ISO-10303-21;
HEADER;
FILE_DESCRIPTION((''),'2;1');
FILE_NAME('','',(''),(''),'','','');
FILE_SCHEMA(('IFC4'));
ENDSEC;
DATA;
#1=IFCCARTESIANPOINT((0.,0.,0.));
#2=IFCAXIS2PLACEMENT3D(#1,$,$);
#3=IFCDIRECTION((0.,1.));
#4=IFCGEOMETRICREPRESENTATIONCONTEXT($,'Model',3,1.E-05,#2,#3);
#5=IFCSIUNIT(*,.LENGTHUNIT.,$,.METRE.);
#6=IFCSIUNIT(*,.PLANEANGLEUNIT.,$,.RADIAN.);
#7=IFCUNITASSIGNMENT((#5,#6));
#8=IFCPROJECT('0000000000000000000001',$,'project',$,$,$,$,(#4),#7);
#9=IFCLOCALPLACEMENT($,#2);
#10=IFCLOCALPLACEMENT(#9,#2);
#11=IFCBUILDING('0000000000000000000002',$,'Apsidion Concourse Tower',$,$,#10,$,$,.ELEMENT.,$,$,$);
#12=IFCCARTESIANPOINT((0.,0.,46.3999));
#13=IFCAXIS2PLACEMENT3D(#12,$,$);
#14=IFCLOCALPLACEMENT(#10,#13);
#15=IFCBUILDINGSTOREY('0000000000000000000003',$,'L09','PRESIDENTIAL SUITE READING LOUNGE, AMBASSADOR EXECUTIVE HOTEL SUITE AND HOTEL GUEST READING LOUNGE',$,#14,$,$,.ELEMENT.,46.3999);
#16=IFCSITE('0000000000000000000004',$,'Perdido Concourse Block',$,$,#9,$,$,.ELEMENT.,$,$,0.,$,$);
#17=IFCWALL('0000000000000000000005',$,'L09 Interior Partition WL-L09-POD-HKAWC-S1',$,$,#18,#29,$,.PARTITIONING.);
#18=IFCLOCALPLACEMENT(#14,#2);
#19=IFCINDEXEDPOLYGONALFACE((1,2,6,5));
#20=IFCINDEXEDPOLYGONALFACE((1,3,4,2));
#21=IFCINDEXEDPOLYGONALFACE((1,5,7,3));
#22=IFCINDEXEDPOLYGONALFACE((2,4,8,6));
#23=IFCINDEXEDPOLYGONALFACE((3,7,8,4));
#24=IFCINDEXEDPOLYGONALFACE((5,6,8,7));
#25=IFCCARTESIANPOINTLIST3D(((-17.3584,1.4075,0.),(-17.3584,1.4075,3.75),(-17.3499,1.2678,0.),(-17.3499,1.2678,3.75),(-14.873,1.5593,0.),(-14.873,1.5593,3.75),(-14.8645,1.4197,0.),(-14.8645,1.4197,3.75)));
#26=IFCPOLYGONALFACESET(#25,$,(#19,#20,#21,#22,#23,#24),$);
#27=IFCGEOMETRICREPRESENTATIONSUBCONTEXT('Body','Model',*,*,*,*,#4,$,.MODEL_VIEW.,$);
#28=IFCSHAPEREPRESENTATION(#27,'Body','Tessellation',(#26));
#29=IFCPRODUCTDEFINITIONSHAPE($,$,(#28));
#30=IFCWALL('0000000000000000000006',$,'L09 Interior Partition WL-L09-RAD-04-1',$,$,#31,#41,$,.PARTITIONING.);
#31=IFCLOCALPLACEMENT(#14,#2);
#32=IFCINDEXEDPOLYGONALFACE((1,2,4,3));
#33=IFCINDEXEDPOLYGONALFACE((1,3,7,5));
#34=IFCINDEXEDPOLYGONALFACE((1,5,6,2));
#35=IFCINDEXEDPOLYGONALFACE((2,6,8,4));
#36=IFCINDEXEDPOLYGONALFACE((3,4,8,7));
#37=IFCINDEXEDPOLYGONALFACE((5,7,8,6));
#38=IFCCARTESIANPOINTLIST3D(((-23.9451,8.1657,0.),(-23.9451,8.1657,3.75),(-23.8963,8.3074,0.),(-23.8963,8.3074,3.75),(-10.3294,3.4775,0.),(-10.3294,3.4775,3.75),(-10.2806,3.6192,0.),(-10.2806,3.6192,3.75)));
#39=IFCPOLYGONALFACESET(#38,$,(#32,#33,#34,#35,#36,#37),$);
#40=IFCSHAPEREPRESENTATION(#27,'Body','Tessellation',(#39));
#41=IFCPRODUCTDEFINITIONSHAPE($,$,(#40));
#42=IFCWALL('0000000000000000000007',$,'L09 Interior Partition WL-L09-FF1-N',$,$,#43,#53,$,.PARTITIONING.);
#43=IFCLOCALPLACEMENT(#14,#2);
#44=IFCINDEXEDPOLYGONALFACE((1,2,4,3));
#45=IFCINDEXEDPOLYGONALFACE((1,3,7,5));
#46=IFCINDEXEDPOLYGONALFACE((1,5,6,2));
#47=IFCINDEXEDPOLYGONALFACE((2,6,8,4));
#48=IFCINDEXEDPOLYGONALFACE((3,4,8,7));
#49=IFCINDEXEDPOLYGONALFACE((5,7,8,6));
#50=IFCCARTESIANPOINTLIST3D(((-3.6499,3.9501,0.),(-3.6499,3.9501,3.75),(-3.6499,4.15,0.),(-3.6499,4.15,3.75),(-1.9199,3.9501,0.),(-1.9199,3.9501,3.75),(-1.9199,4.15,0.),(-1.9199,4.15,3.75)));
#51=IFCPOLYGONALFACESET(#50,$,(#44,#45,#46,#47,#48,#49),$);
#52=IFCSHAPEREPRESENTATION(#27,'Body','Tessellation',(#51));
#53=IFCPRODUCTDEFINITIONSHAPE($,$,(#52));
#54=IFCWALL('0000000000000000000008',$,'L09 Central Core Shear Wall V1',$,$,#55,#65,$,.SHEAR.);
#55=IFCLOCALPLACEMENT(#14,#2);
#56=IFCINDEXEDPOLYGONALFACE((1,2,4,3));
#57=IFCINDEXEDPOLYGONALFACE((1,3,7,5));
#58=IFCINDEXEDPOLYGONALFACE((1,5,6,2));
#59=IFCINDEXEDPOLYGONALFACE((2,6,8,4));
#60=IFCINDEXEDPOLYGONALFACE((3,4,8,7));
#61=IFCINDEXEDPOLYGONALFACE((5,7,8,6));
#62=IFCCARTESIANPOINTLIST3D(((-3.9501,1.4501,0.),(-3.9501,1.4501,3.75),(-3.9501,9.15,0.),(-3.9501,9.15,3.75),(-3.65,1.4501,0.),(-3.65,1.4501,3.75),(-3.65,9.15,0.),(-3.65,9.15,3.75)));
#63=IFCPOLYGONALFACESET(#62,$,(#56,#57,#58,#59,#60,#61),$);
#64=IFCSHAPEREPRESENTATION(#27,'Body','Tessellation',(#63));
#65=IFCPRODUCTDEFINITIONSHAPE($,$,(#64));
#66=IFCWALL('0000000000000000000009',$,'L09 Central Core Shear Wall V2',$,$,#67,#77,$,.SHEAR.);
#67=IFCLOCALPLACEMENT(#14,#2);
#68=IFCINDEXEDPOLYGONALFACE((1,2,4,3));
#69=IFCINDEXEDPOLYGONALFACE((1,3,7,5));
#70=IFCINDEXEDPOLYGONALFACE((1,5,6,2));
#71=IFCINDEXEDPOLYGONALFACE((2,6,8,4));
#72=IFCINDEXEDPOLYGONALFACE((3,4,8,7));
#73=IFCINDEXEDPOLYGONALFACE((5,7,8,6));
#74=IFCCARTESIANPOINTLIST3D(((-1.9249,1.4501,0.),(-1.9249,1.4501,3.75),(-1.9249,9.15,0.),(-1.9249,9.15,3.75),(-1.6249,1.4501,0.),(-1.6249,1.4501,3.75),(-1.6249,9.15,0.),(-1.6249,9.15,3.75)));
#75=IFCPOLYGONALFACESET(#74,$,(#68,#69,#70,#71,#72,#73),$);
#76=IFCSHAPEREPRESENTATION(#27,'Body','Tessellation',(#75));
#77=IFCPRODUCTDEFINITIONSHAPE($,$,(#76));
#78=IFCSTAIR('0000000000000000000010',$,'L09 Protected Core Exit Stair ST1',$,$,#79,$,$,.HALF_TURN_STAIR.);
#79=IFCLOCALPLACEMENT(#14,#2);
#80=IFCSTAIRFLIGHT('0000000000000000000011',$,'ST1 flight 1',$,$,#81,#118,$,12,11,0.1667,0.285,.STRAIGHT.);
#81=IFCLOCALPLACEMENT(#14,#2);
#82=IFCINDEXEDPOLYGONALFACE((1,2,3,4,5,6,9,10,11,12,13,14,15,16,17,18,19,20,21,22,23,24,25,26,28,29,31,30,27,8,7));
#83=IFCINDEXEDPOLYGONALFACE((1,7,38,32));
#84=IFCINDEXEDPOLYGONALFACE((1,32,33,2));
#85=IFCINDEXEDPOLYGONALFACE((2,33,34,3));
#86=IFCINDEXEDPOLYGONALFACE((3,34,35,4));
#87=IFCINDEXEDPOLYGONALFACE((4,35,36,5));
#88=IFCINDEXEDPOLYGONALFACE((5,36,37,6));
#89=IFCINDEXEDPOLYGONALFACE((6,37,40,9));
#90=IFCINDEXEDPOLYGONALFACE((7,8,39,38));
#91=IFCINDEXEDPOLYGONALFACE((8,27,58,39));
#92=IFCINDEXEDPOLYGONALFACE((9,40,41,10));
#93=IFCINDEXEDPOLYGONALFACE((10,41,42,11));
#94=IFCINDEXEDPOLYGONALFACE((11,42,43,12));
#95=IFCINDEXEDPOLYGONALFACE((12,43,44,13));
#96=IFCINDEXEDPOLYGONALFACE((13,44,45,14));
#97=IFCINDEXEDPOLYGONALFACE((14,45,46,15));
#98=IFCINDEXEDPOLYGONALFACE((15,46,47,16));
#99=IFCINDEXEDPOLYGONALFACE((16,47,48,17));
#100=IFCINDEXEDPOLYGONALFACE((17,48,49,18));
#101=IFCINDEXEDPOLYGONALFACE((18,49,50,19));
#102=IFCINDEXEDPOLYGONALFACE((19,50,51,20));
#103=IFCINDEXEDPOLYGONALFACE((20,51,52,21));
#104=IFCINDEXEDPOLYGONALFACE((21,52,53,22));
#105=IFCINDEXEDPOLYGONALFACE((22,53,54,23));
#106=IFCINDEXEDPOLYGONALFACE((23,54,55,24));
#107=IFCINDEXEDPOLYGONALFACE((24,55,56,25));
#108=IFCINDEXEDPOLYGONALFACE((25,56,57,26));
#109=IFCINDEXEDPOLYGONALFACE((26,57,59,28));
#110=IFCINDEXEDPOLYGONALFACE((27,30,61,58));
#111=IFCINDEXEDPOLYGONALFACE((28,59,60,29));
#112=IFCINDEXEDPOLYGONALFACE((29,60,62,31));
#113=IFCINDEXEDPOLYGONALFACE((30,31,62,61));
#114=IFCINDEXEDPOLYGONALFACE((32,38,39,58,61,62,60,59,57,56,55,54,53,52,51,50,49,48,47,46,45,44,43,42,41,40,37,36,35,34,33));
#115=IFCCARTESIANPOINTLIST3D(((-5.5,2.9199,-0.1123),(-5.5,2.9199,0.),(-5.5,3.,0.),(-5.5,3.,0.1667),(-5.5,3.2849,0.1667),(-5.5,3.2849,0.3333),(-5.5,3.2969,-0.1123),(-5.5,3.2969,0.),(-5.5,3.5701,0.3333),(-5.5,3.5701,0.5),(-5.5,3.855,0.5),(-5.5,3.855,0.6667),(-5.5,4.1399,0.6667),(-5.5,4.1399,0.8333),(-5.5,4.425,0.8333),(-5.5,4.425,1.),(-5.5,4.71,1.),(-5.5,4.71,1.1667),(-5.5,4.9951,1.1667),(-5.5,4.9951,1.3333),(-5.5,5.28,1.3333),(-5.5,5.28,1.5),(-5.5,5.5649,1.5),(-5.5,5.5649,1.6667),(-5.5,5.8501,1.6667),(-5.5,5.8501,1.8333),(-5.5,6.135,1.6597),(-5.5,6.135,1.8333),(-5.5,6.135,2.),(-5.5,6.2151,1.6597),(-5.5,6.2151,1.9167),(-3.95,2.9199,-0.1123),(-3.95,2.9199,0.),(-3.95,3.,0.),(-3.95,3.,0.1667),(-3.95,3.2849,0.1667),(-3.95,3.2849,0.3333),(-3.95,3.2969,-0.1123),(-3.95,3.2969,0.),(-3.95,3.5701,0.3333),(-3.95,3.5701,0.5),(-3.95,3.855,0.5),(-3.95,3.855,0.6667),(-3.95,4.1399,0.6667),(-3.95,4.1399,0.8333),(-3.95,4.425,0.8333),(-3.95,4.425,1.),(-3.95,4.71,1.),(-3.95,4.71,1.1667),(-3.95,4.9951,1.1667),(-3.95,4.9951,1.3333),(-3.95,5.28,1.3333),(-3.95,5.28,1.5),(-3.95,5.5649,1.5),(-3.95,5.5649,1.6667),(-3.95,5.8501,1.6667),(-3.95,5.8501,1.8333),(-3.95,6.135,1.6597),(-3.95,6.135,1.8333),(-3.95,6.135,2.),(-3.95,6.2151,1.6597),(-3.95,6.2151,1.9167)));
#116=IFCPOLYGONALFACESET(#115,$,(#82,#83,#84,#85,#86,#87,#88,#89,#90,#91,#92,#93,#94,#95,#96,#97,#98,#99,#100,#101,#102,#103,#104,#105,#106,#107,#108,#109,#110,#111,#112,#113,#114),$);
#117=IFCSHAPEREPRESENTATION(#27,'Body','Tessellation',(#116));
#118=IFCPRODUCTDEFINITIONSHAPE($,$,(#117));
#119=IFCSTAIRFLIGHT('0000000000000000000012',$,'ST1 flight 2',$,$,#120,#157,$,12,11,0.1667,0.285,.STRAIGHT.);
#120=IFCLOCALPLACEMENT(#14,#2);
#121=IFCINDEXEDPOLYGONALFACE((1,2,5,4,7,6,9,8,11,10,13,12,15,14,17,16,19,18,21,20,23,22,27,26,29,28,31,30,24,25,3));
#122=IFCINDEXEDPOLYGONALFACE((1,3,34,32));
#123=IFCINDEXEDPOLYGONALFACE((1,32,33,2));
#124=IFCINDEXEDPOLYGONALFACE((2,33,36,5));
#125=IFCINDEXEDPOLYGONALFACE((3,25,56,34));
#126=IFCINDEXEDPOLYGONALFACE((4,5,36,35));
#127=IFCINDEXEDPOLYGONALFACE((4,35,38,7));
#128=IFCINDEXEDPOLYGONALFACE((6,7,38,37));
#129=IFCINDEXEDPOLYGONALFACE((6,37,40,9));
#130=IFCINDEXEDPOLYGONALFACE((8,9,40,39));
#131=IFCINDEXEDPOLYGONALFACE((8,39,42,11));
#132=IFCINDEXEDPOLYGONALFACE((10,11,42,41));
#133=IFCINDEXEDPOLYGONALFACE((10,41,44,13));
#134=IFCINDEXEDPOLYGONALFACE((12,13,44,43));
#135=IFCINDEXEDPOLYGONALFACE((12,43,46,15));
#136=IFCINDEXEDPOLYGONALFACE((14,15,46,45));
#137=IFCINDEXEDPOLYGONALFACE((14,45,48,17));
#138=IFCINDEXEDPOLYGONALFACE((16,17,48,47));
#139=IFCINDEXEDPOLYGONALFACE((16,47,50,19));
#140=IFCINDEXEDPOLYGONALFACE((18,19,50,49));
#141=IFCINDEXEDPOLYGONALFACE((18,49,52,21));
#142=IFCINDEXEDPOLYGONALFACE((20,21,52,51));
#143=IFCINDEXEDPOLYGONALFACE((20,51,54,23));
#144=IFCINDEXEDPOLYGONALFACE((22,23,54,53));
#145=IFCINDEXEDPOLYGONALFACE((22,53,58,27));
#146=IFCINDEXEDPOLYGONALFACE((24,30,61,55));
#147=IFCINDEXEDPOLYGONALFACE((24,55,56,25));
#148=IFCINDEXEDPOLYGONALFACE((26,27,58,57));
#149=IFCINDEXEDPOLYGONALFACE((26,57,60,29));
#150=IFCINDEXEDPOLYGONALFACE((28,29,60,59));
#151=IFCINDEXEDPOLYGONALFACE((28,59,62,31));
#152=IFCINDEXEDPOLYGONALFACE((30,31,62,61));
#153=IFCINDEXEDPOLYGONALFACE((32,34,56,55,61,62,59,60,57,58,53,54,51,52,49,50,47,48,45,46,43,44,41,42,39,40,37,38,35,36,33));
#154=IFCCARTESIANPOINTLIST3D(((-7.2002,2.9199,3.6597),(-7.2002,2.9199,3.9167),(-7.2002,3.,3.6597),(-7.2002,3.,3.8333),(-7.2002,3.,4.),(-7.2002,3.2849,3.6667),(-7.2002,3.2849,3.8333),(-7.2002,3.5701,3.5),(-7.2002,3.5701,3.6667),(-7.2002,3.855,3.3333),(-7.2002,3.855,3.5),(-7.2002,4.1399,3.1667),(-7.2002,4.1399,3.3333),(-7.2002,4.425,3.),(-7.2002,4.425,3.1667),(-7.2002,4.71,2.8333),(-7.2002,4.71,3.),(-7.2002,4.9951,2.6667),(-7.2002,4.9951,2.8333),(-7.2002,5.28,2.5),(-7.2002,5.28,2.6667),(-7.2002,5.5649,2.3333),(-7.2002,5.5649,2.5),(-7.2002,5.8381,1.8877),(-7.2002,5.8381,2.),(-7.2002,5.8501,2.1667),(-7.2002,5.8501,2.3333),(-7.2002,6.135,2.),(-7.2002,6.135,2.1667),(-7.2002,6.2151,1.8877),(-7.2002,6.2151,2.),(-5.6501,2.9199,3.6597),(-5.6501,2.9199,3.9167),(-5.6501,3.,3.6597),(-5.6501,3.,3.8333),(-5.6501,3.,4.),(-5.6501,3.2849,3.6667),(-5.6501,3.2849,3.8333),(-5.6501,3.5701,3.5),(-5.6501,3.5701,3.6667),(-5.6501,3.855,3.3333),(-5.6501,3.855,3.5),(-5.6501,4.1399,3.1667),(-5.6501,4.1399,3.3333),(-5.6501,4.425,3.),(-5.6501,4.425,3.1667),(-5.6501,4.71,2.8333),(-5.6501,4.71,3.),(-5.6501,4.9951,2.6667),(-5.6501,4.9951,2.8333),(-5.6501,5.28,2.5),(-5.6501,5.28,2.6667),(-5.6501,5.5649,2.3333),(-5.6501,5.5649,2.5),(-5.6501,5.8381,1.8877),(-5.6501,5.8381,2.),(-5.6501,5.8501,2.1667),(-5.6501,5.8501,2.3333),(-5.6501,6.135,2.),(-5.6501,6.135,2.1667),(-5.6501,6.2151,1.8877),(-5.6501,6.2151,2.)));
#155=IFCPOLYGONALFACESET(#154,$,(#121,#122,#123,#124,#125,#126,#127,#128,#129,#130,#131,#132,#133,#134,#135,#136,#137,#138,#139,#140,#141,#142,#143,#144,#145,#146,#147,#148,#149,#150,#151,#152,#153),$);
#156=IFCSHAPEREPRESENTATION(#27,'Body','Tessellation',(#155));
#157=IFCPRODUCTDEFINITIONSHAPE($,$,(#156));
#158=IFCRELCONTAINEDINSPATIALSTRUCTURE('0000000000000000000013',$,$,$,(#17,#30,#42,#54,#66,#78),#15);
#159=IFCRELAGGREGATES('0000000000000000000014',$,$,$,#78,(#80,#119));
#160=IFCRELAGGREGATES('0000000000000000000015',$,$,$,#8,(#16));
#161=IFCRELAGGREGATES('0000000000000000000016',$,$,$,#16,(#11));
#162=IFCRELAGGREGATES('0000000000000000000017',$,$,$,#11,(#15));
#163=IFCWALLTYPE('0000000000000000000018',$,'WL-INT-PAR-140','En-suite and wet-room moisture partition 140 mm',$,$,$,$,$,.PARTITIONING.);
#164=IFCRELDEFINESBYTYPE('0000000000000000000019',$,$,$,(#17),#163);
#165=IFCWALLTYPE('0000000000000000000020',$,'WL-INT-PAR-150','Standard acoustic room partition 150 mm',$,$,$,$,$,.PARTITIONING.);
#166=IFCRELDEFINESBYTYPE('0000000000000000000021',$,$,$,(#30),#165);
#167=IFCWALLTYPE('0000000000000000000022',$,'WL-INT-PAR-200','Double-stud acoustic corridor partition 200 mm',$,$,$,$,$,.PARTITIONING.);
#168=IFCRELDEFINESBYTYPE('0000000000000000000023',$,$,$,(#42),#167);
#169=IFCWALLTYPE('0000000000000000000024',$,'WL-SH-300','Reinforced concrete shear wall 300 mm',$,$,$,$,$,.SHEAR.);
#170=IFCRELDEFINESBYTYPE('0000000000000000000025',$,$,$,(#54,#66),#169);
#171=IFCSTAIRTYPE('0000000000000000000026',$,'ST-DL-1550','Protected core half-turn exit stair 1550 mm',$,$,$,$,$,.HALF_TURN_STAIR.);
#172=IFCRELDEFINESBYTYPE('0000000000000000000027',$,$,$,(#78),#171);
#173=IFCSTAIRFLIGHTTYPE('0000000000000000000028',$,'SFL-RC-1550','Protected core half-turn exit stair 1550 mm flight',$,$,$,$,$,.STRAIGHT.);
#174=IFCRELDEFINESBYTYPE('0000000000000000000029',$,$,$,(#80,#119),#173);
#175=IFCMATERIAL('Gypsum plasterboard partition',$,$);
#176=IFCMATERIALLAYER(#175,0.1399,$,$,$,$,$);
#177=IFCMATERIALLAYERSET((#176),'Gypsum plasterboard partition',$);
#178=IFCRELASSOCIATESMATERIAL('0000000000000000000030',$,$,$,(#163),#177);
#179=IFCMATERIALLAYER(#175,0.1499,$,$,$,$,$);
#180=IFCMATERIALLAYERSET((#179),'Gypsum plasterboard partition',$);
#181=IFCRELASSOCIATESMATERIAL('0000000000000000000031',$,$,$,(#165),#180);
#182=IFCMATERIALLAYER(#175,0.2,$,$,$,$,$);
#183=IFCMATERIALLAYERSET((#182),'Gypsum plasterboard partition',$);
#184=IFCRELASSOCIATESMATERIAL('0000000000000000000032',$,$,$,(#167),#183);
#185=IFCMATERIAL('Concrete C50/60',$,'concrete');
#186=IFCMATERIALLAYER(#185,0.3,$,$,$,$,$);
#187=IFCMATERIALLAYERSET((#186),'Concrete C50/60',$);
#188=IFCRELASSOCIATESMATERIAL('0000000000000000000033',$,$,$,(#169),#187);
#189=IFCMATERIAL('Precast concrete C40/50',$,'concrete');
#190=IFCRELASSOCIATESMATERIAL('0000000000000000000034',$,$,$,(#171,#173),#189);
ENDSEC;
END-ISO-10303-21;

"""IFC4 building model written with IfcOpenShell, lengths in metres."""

from ifc_helpers import new_model, si_unit, direction, frame, frame_2d, origin, place, context, subcontext, project, spatial, polyline, rectangle, outline, extrude, material, layer, layer_set, type_object, element, aggregate, save


model = new_model("IFC4")

# Units and contexts
model_context = context("Model", 3, precision=1e-05, world=origin(), true_north=direction((0.0, 1.0)))
body_context = subcontext(model_context, "Body", "Model", "MODEL_VIEW")
ifc_project = project(units=[si_unit("LENGTHUNIT", "METRE"), si_unit("PLANEANGLEUNIT", "RADIAN")], contexts=[model_context])

# Site, building, storey
site_placement = place(None, origin())
site = spatial("IfcSite", under=ifc_project, at=site_placement, Name="Perdido Concourse Block", CompositionType="ELEMENT", RefElevation=0.0)
building_placement = place(site_placement, origin())
building = spatial("IfcBuilding", under=site, at=building_placement, Name="Apsidion Concourse Tower", CompositionType="ELEMENT")
storey_placement = place(building_placement, frame((0.0, 0.0, 46.3999)))
storey = spatial("IfcBuildingStorey", under=building, at=storey_placement, Name="L09", Description="PRESIDENTIAL SUITE READING LOUNGE, AMBASSADOR EXECUTIVE HOTEL SUITE AND HOTEL GUEST READING LOUNGE", CompositionType="ELEMENT", Elevation=46.3999)

# Shared definitions
ifc_material_1 = material(Name="Concrete C50/60", Category="concrete")

# Walls
ifc_material_2 = material(Name="Gypsum plasterboard partition")
ifc_layer_1 = layer(ifc_material_2, 0.1399)
ifc_layer_set_1 = layer_set([ifc_layer_1], Name="Gypsum plasterboard partition")
wall_type_1 = type_object("IfcWallType", Name="WL-INT-PAR-140", Description="En-suite and wet-room moisture partition 140 mm", PredefinedType="PARTITIONING", material=ifc_layer_set_1)
wall_1_placement = place(storey_placement, frame((-14.8687, 1.4895, 0.0), z_axis=(0.0, 0.0, 1.0), x_axis=(-0.998139, -0.060986, 0.0)))
element("IfcWall", 1, at=wall_1_placement, inside=storey, type_object=wall_type_1, Name="L09 Interior Partition WL-L09-POD-HKAWC-S1", PredefinedType="PARTITIONING", context=body_context, shape_type="SweptSolid", body=[
    extrude(rectangle(XDim=2.49, YDim=0.1399, at=frame_2d((1.2451, 0.0))), origin(), (0.0, 0.0, 1.0), 3.75),
])
ifc_layer_2 = layer(ifc_material_2, 0.1499)
ifc_layer_set_2 = layer_set([ifc_layer_2], Name="Gypsum plasterboard partition")
wall_type_2 = type_object("IfcWallType", Name="WL-INT-PAR-150", Description="Standard acoustic room partition 150 mm", PredefinedType="PARTITIONING", material=ifc_layer_set_2)
wall_2_placement = place(storey_placement, frame((-10.3049, 3.5483, 0.0), z_axis=(0.0, 0.0, 1.0), x_axis=(-0.945519, 0.325566, 0.0)))
element("IfcWall", 2, at=wall_2_placement, inside=storey, type_object=wall_type_2, Name="L09 Interior Partition WL-L09-RAD-04-1", PredefinedType="PARTITIONING", context=body_context, shape_type="SweptSolid", body=[
    extrude(rectangle(XDim=14.4001, YDim=0.1499, at=frame_2d((7.2002, 0.0))), origin(), (0.0, 0.0, 1.0), 3.75),
])
ifc_layer_3 = layer(ifc_material_2, 0.2)
ifc_layer_set_3 = layer_set([ifc_layer_3], Name="Gypsum plasterboard partition")
wall_type_3 = type_object("IfcWallType", Name="WL-INT-PAR-200", Description="Double-stud acoustic corridor partition 200 mm", PredefinedType="PARTITIONING", material=ifc_layer_set_3)
wall_3_placement = place(storey_placement, frame((-3.6499, 4.05, 0.0), z_axis=(0.0, 0.0, 1.0), x_axis=(1.0, 0.0, 0.0)))
element("IfcWall", 3, at=wall_3_placement, inside=storey, type_object=wall_type_3, Name="L09 Interior Partition WL-L09-FF1-N", PredefinedType="PARTITIONING", context=body_context, shape_type="SweptSolid", body=[
    extrude(rectangle(XDim=1.73, YDim=0.2, at=frame_2d((0.865, 0.0))), origin(), (0.0, 0.0, 1.0), 3.75),
])
ifc_layer_4 = layer(ifc_material_1, 0.3)
ifc_layer_set_4 = layer_set([ifc_layer_4], Name="Concrete C50/60")
wall_type_4 = type_object("IfcWallType", Name="WL-SH-300", Description="Reinforced concrete shear wall 300 mm", PredefinedType="SHEAR", material=ifc_layer_set_4)
for number, where, z_axis, x_axis, name in (
    (4, (-3.8, 1.45, 0.0), (0.0, 0.0, 1.0), (0.0, 1.0, 0.0), "L09 Central Core Shear Wall V1"),
    (5, (-1.7749, 1.45, 0.0), (0.0, 0.0, 1.0), (0.0, 1.0, 0.0), "L09 Central Core Shear Wall V2"),
):
    element("IfcWall", number, at=place(storey_placement, frame(where, z_axis=z_axis, x_axis=x_axis)), inside=storey, type_object=wall_type_4, Name=name, PredefinedType="SHEAR", context=body_context, shape_type="SweptSolid", body=[
        extrude(rectangle(XDim=7.7, YDim=0.3, at=frame_2d((3.8501, 0.0))), origin(), (0.0, 0.0, 1.0), 3.75),
    ])

# Stair, stair flights
ifc_material_3 = material(Name="Precast concrete C40/50", Category="concrete")
stair_type = type_object("IfcStairType", Name="ST-DL-1550", Description="Protected core half-turn exit stair 1550 mm", PredefinedType="HALF_TURN_STAIR", material=ifc_material_3)
stair_placement = place(storey_placement, origin())
stair = element("IfcStair", 6, at=stair_placement, inside=storey, type_object=stair_type, Name="L09 Protected Core Exit Stair ST1", PredefinedType="HALF_TURN_STAIR")
stair_flight_type = type_object("IfcStairFlightType", Name="SFL-RC-1550", Description="Protected core half-turn exit stair 1550 mm flight", PredefinedType="STRAIGHT", material=ifc_material_3)
stair_flight_1_placement = place(storey_placement, frame((-4.7251, 3.0, 0.0), z_axis=(0.0, 0.0, 1.0), x_axis=(0.0, 1.0, 0.0)))
stair_flight_1 = element("IfcStairFlight", 7, at=stair_flight_1_placement, type_object=stair_flight_type, Name="ST1 flight 1", NumberOfRisers=12, NumberOfTreads=11, PredefinedType="STRAIGHT", RiserHeight=0.1667, TreadLength=0.285, context=body_context, shape_type="SweptSolid", body=[
    extrude(outline(polyline([(-0.0801, -0.1123), (-0.0801, 0.0), (0.0, 0.0), (0.0, 0.1667), (0.2849, 0.1667), (0.2849, 0.3333), (0.5701, 0.3333), (0.5701, 0.5), (0.855, 0.5), (0.855, 0.6667), (1.1399, 0.6667), (1.1399, 0.8333), (1.425, 0.8333), (1.425, 1.0), (1.71, 1.0), (1.71, 1.1667), (1.9951, 1.1667), (1.9951, 1.3333), (2.28, 1.3333), (2.28, 1.5), (2.5649, 1.5), (2.5649, 1.6667), (2.8501, 1.6667), (2.8501, 1.8333), (3.135, 1.8333), (3.135, 2.0), (3.2151, 1.9167), (3.2151, 1.6597), (3.135, 1.6597), (0.2969, 0.0), (0.2969, -0.1123), (-0.0801, -0.1123)])), frame((0.0, 0.7749, 0.0), z_axis=(0.0, -1.0, 0.0), x_axis=(1.0, 0.0, 0.0)), (0.0, 0.0, 1.0), 1.55),
])
stair_flight_2_placement = place(storey_placement, frame((-6.425, 6.135, 2.0), z_axis=(0.0, 0.0, 1.0), x_axis=(0.0, -1.0, 0.0)))
stair_flight_2 = element("IfcStairFlight", 8, at=stair_flight_2_placement, type_object=stair_flight_type, Name="ST1 flight 2", NumberOfRisers=12, NumberOfTreads=11, PredefinedType="STRAIGHT", RiserHeight=0.1667, TreadLength=0.285, context=body_context, shape_type="SweptSolid", body=[
    extrude(outline(polyline([(-0.0801, -0.1123), (-0.0801, 0.0), (0.0, 0.0), (0.0, 0.1667), (0.2849, 0.1667), (0.2849, 0.3333), (0.5701, 0.3333), (0.5701, 0.5), (0.855, 0.5), (0.855, 0.6667), (1.1399, 0.6667), (1.1399, 0.8333), (1.425, 0.8333), (1.425, 1.0), (1.71, 1.0), (1.71, 1.1667), (1.9951, 1.1667), (1.9951, 1.3333), (2.28, 1.3333), (2.28, 1.5), (2.5649, 1.5), (2.5649, 1.6667), (2.8501, 1.6667), (2.8501, 1.8333), (3.135, 1.8333), (3.135, 2.0), (3.2151, 1.9167), (3.2151, 1.6597), (3.135, 1.6597), (0.2969, 0.0), (0.2969, -0.1123), (-0.0801, -0.1123)])), frame((0.0, 0.7749, 0.0), z_axis=(0.0, -1.0, 0.0), x_axis=(1.0, 0.0, 0.0)), (0.0, 0.0, 1.0), 1.55),
])
aggregate(stair, [stair_flight_1, stair_flight_2])

save(model, "model.ifc")
